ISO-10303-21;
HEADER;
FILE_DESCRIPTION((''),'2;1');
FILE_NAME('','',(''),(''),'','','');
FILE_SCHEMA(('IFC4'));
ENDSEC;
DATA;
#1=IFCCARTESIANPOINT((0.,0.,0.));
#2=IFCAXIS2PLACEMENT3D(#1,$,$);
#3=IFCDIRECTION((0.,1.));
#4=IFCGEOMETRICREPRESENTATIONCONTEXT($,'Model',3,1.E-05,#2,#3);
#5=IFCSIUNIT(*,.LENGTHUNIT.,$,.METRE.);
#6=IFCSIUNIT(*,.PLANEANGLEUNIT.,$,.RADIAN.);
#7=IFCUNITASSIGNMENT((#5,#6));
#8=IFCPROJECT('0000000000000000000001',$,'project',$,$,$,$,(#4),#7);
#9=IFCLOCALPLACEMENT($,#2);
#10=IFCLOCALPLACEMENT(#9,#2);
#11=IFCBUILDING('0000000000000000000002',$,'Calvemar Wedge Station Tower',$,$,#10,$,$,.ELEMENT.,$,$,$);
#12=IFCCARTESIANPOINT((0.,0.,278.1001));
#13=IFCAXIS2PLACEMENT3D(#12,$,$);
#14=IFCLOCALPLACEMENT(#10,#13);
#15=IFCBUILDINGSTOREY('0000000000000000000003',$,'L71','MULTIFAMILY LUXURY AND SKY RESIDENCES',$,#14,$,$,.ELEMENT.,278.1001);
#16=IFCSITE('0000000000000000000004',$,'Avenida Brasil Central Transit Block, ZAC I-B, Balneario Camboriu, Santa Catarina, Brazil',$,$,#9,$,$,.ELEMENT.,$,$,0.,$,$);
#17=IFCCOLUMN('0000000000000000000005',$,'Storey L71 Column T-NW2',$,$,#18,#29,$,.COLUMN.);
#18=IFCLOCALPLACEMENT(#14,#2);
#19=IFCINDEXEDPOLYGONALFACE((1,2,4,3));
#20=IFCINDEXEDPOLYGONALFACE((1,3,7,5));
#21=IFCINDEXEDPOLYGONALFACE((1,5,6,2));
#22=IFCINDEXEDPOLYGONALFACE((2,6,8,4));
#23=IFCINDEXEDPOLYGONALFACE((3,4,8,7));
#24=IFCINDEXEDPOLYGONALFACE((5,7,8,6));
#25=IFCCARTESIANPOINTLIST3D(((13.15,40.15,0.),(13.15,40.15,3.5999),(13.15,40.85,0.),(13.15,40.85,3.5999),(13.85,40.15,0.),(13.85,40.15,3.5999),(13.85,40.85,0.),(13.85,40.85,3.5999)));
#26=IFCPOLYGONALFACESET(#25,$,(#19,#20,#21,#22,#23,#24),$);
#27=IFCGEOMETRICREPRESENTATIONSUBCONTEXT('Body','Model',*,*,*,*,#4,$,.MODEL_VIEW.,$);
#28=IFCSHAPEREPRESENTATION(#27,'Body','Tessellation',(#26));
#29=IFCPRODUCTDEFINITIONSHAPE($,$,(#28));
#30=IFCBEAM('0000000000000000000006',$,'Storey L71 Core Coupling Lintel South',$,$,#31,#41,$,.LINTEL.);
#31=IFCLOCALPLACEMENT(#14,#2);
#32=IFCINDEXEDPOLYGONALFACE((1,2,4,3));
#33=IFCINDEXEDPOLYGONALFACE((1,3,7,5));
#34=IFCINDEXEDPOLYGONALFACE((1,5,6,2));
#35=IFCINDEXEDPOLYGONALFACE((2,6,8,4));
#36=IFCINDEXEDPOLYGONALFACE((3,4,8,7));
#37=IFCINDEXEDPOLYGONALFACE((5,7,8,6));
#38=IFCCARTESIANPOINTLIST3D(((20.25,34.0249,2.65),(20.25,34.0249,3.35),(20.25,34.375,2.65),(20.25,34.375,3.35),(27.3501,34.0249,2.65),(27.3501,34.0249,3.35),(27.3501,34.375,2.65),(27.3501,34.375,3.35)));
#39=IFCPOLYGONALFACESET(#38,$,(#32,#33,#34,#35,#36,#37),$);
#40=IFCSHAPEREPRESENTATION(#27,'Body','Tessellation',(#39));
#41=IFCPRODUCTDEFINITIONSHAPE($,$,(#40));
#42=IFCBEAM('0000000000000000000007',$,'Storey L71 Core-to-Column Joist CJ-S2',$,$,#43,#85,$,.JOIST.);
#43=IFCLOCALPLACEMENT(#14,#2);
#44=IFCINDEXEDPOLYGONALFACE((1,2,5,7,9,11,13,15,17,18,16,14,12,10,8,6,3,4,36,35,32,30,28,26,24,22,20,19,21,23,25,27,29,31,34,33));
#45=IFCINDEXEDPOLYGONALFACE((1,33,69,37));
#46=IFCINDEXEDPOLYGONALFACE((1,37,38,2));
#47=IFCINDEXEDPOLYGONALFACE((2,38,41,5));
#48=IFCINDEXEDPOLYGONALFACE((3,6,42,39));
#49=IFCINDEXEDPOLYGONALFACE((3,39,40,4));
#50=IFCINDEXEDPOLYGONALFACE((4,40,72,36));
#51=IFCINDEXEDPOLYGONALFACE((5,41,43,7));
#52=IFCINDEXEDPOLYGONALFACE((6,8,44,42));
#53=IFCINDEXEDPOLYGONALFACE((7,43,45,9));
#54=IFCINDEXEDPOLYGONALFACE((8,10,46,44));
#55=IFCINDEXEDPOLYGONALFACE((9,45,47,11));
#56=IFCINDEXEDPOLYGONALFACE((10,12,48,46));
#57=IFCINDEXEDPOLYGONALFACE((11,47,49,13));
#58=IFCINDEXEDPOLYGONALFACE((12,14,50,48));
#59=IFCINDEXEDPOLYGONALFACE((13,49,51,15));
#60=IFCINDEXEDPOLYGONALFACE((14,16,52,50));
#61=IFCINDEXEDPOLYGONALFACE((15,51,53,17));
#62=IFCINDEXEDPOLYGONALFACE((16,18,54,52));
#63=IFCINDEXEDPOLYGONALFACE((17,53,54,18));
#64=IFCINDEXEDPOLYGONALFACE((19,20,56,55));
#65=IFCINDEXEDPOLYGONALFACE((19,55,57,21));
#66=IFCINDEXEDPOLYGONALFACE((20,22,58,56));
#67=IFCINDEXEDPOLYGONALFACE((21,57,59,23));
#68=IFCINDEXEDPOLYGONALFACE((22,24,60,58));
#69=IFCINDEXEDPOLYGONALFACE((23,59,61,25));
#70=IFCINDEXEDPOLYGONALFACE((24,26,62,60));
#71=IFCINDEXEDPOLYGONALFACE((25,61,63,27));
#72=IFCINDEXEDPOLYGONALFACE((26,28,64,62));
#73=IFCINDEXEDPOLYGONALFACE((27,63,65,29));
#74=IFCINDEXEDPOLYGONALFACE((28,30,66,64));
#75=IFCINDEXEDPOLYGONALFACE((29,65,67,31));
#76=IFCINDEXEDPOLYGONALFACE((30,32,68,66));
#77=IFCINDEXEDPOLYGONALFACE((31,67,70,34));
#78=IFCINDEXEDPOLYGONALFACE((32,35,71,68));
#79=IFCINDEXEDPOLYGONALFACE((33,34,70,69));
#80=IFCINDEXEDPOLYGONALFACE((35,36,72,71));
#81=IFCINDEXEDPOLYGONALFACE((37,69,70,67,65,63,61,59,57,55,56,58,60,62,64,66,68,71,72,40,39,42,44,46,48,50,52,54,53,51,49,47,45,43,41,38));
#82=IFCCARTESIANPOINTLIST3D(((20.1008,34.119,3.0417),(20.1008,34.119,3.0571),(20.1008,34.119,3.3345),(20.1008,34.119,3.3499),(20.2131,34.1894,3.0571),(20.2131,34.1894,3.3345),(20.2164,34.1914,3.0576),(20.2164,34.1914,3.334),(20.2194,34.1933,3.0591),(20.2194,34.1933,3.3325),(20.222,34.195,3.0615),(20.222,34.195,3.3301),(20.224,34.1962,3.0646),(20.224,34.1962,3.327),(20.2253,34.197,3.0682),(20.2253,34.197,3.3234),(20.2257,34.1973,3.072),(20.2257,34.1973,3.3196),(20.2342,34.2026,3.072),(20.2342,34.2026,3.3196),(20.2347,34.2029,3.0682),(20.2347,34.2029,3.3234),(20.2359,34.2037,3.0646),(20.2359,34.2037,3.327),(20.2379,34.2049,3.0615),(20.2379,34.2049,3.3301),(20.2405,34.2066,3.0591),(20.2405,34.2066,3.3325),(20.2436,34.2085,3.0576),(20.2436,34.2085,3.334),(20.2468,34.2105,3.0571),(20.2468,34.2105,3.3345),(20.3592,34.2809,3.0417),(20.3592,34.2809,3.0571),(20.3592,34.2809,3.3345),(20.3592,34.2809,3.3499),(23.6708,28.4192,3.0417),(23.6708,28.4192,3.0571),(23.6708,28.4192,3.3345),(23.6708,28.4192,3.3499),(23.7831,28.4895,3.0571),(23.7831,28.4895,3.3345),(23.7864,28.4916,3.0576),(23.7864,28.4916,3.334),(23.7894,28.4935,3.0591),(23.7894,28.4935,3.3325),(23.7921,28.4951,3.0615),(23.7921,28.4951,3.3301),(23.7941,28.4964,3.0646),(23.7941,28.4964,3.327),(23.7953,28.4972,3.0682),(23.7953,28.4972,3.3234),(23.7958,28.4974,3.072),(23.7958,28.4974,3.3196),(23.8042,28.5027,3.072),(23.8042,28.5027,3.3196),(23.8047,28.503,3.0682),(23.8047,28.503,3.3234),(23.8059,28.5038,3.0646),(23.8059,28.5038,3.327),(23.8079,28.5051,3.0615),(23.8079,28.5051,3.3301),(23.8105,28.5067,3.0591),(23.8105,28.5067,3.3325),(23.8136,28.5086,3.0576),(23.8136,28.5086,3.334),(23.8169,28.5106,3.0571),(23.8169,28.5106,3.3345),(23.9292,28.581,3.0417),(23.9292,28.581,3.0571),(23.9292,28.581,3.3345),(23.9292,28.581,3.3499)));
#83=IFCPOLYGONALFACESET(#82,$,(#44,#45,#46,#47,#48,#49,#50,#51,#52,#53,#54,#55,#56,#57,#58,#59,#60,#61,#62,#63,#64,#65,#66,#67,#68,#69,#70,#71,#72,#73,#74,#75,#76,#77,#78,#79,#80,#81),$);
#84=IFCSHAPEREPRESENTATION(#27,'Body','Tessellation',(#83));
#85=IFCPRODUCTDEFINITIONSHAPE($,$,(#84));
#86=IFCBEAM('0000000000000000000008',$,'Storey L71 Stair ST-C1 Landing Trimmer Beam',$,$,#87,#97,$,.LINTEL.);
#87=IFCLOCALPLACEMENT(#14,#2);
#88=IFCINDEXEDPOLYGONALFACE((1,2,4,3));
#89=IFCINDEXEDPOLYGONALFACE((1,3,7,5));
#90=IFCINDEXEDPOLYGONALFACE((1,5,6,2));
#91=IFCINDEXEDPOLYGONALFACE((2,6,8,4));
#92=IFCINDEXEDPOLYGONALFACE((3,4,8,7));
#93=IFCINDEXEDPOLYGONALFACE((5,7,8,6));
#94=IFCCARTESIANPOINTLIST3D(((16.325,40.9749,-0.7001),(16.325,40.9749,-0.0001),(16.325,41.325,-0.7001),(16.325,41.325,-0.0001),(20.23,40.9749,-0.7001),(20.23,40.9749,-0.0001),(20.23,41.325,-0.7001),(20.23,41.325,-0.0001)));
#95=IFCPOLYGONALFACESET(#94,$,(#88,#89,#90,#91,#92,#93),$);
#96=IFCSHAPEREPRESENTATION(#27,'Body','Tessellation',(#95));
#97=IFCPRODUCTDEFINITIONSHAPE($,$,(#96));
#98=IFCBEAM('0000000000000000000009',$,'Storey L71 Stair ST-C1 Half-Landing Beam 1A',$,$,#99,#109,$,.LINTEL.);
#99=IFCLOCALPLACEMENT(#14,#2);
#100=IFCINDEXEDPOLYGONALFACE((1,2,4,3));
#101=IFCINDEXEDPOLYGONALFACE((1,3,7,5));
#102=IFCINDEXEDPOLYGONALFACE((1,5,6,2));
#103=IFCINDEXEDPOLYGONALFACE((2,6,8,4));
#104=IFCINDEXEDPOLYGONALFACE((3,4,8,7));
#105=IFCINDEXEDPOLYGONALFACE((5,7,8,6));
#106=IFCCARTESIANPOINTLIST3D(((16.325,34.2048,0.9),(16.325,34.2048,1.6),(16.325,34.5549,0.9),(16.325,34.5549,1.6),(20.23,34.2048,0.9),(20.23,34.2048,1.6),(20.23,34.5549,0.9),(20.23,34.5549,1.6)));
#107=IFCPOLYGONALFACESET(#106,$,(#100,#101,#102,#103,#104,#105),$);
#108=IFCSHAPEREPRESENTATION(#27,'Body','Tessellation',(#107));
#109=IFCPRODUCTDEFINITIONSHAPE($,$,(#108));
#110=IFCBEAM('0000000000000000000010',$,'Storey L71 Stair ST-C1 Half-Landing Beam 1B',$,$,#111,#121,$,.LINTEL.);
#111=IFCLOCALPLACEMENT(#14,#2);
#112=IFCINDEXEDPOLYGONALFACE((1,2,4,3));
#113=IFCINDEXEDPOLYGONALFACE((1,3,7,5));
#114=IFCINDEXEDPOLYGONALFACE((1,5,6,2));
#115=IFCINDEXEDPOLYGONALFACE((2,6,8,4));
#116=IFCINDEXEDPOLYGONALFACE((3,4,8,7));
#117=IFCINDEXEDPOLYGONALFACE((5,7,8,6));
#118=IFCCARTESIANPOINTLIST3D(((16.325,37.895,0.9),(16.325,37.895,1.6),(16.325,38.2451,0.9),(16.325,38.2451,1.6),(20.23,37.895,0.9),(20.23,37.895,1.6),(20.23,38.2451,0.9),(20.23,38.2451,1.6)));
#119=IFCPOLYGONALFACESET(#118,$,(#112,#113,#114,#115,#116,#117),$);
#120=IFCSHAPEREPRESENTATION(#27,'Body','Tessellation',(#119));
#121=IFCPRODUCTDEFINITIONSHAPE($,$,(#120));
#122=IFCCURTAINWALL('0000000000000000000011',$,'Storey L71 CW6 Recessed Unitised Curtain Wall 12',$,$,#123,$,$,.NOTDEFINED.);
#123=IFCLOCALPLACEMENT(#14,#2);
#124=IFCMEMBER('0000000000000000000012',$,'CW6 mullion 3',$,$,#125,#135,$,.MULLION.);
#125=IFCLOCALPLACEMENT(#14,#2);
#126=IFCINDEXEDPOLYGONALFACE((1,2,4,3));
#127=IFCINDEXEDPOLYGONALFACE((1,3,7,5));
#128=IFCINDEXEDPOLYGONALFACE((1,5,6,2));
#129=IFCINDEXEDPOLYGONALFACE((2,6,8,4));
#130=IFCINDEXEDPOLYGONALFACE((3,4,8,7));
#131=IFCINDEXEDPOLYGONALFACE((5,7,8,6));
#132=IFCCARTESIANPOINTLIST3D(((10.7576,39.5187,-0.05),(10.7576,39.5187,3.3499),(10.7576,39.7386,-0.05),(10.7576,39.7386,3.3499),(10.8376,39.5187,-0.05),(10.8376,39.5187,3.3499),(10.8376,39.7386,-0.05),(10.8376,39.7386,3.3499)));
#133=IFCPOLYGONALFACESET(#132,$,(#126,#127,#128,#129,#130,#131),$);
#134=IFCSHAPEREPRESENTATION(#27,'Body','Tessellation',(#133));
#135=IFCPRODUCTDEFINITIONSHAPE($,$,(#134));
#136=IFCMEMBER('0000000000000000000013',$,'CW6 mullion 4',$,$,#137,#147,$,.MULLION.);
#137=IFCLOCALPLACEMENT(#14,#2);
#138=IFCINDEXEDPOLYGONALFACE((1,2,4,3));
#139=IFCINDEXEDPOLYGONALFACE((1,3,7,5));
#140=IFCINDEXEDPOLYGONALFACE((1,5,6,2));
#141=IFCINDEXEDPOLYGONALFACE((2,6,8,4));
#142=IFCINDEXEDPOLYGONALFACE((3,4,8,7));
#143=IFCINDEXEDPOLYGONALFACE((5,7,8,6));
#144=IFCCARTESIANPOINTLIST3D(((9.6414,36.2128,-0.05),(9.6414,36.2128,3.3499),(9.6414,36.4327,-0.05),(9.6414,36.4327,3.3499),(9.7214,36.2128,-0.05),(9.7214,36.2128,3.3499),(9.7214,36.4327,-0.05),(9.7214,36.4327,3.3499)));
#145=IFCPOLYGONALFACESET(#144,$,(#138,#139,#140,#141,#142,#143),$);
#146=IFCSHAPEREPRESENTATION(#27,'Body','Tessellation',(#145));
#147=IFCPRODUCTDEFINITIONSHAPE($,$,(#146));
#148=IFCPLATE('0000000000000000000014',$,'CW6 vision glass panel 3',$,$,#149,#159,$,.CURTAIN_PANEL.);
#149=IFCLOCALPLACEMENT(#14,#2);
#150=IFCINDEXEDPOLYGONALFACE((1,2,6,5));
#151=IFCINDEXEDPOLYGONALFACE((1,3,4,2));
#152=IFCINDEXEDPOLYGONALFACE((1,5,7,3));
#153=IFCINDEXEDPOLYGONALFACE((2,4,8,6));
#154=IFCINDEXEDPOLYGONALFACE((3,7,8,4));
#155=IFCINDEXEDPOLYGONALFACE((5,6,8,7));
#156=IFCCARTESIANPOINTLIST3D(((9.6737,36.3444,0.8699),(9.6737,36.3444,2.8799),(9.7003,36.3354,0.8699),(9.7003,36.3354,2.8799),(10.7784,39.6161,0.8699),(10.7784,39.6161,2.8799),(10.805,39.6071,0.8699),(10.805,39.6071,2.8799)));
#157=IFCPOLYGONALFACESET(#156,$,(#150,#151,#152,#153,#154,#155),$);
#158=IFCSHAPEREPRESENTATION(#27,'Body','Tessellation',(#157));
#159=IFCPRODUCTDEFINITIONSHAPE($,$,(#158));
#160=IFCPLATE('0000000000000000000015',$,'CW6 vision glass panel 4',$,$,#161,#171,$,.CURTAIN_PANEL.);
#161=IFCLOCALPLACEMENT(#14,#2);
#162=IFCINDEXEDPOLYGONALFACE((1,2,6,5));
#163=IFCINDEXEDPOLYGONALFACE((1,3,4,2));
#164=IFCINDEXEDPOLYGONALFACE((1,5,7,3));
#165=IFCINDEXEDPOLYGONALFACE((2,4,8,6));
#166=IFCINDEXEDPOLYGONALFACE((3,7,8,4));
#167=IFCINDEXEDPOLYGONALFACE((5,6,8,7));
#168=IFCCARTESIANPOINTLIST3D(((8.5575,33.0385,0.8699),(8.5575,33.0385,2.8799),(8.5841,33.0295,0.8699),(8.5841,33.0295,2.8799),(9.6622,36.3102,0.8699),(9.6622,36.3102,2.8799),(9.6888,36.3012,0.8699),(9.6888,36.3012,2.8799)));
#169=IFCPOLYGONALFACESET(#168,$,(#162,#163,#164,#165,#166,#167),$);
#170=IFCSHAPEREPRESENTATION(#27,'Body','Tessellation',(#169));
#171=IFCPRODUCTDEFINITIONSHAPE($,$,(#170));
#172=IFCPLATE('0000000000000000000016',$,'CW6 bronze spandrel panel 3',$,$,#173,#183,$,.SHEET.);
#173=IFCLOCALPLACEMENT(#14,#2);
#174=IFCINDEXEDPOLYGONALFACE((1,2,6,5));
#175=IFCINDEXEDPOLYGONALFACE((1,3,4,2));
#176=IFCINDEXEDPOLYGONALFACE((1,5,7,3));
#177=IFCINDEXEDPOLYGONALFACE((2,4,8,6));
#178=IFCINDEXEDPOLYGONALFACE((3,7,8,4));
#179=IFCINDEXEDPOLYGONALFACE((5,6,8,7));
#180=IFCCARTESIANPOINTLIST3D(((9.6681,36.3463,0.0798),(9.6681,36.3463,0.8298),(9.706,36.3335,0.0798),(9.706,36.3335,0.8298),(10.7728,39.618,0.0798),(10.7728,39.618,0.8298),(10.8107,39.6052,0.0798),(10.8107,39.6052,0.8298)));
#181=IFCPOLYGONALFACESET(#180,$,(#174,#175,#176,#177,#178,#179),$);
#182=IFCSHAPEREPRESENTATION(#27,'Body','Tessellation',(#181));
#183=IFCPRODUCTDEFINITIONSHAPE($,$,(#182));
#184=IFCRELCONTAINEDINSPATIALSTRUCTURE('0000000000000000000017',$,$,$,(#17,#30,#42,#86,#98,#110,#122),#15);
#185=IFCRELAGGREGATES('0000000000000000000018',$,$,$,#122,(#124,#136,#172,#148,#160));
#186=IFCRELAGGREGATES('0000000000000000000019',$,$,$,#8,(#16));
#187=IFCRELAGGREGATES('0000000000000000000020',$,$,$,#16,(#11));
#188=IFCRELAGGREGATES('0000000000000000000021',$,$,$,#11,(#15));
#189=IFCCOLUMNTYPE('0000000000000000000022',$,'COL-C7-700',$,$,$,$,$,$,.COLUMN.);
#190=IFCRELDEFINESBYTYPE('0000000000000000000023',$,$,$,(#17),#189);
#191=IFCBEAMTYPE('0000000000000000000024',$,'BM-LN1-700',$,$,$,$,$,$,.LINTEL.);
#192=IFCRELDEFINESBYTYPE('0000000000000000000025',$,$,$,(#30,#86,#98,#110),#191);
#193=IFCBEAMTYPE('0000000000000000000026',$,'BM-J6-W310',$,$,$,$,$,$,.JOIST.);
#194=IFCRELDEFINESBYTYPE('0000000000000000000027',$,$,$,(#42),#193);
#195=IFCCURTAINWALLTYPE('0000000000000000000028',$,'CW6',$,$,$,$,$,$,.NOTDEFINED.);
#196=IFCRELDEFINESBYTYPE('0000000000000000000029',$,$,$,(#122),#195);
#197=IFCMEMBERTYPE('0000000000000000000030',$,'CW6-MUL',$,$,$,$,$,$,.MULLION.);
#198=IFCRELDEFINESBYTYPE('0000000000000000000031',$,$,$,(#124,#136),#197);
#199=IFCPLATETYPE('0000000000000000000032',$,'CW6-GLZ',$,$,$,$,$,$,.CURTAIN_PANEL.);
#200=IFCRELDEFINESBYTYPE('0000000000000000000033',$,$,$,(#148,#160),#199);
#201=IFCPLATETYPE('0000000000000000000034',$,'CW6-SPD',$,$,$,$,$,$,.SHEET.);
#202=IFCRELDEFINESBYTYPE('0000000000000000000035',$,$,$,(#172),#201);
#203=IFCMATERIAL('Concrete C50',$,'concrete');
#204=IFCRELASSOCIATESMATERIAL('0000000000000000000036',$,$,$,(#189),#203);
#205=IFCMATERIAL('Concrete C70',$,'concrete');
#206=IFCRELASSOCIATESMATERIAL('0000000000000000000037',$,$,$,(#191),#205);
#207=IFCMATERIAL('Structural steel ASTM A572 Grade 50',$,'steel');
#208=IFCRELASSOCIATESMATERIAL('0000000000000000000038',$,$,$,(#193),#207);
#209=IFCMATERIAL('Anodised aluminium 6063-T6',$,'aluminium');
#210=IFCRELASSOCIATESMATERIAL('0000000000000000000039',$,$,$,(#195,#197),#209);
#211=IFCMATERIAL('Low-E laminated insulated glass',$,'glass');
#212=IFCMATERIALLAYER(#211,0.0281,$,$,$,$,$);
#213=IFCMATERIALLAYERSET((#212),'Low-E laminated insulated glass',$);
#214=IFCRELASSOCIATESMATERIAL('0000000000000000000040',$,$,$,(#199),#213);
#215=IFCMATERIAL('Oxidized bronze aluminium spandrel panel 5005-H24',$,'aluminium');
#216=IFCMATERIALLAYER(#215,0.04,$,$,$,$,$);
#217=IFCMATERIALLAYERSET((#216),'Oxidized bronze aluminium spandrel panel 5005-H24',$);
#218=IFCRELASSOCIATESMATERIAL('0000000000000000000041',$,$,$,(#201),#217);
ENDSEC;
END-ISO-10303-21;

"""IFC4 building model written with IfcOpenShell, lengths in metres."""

from ifc_helpers import new_model, si_unit, direction, frame, frame_2d, origin, origin_2d, place, context, subcontext, project, spatial, rectangle, i_section, extrude, source, transform, mapped, material, layer, layer_set, material_profile, profile_set, type_object, element, aggregate, save


model = new_model("IFC4")

# Units and contexts
model_context = context("Model", 3, precision=1e-05, world=origin(), true_north=direction((0.0, 1.0)))
body_context = subcontext(model_context, "Body", "Model", "MODEL_VIEW")
ifc_project = project(units=[si_unit("LENGTHUNIT", "METRE"), si_unit("PLANEANGLEUNIT", "RADIAN")], contexts=[model_context])

# Site, building, storey
site_placement = place(None, origin())
site = spatial("IfcSite", under=ifc_project, at=site_placement, Name="Avenida Brasil Central Transit Block, ZAC I-B, Balneario Camboriu, Santa Catarina, Brazil", CompositionType="ELEMENT", RefElevation=0.0)
building_placement = place(site_placement, origin())
building = spatial("IfcBuilding", under=site, at=building_placement, Name="Calvemar Wedge Station Tower", CompositionType="ELEMENT")
storey_placement = place(building_placement, frame((0.0, 0.0, 278.1001)))
storey = spatial("IfcBuildingStorey", under=building, at=storey_placement, Name="L71", Description="MULTIFAMILY LUXURY AND SKY RESIDENCES", CompositionType="ELEMENT", Elevation=278.1001)

# Column
ifc_material_1 = material(Name="Concrete C50", Category="concrete")
ifc_material_profile_1 = material_profile(ifc_material_1, rectangle(XDim=0.7, YDim=0.7, at=origin_2d()), Name="RC700x700")
ifc_profile_set_1 = profile_set([ifc_material_profile_1], Name="Concrete C50")
column_type = type_object("IfcColumnType", Name="COL-C7-700", PredefinedType="COLUMN", material=ifc_profile_set_1)
shared_shape_1 = source(origin(), body_context, "Body", "SweptSolid", [
    extrude(rectangle(XDim=0.7, YDim=0.7, at=origin_2d()), origin(), (0.0, 0.0, 1.0), 3.5999),
])
column_placement = place(storey_placement, frame((13.5, 40.5, 0.0), z_axis=(0.0, 0.0, 1.0), x_axis=(1.0, 0.0, 0.0)))
element("IfcColumn", 1, at=column_placement, inside=storey, type_object=column_type, Name="Storey L71 Column T-NW2", PredefinedType="COLUMN", context=body_context, shape_type="MappedRepresentation", body=[
    mapped(shared_shape_1, transform((0.0, 0.0, 0.0), scale=1.0)),
])

# Beams
ifc_material_2 = material(Name="Concrete C70", Category="concrete")
ifc_material_profile_2 = material_profile(ifc_material_2, rectangle(XDim=0.3501, YDim=0.7, at=origin_2d()), Name="RC350x700")
ifc_profile_set_2 = profile_set([ifc_material_profile_2], Name="Concrete C70")
beam_type_1 = type_object("IfcBeamType", Name="BM-LN1-700", PredefinedType="LINTEL", material=ifc_profile_set_2)
shared_shape_2 = source(origin(), body_context, "Body", "SweptSolid", [
    extrude(rectangle(XDim=0.3501, YDim=0.7, at=origin_2d()), origin(), (0.0, 0.0, 1.0), 7.1001),
])
beam_1_placement = place(storey_placement, frame((20.25, 34.2, 3.0), z_axis=(1.0, 0.0, 0.0), x_axis=(0.0, 1.0, 0.0)))
element("IfcBeam", 2, at=beam_1_placement, inside=storey, type_object=beam_type_1, Name="Storey L71 Core Coupling Lintel South", PredefinedType="LINTEL", context=body_context, shape_type="MappedRepresentation", body=[
    mapped(shared_shape_2, transform((0.0, 0.0, 0.0), scale=1.0)),
])
ifc_material_3 = material(Name="Structural steel ASTM A572 Grade 50", Category="steel")
ifc_material_profile_3 = material_profile(ifc_material_3, i_section(OverallWidth=0.3049, OverallDepth=0.3081, WebThickness=0.01, FlangeThickness=0.0154, FilletRadius=0.0149, at=origin_2d()), Name="W310x97")
ifc_profile_set_3 = profile_set([ifc_material_profile_3], Name="Structural steel ASTM A572 Grade 50")
beam_type_2 = type_object("IfcBeamType", Name="BM-J6-W310", PredefinedType="JOIST", material=ifc_profile_set_3)
shared_shape_3 = source(origin(), body_context, "Body", "SweptSolid", [
    extrude(i_section(OverallWidth=0.3049, OverallDepth=0.3081, WebThickness=0.01, FlangeThickness=0.0154, FilletRadius=0.0149, at=origin_2d()), origin(), (0.0, 0.0, 1.0), 6.7256),
])
beam_2_placement = place(storey_placement, frame((20.23, 34.2, 3.1958), z_axis=(0.530811, -0.84749, 0.0), x_axis=(0.84749, 0.530811, 0.0)))
element("IfcBeam", 3, at=beam_2_placement, inside=storey, type_object=beam_type_2, Name="Storey L71 Core-to-Column Joist CJ-S2", PredefinedType="JOIST", context=body_context, shape_type="MappedRepresentation", body=[
    mapped(shared_shape_3, transform((0.0, 0.0, 0.0), scale=1.0)),
])
shared_shape_4 = source(origin(), body_context, "Body", "SweptSolid", [
    extrude(rectangle(XDim=0.3501, YDim=0.7, at=origin_2d()), origin(), (0.0, 0.0, 1.0), 3.905),
])
for number, where, z_axis, x_axis, name in (
    (4, (16.325, 41.1499, -0.3501), (1.0, 0.0, 0.0), (0.0, 1.0, 0.0), "Storey L71 Stair ST-C1 Landing Trimmer Beam"),
    (5, (16.325, 34.3799, 1.25), (1.0, 0.0, 0.0), (0.0, 1.0, 0.0), "Storey L71 Stair ST-C1 Half-Landing Beam 1A"),
    (6, (16.325, 38.0701, 1.25), (1.0, 0.0, 0.0), (0.0, 1.0, 0.0), "Storey L71 Stair ST-C1 Half-Landing Beam 1B"),
):
    element("IfcBeam", number, at=place(storey_placement, frame(where, z_axis=z_axis, x_axis=x_axis)), inside=storey, type_object=beam_type_1, Name=name, PredefinedType="LINTEL", context=body_context, shape_type="MappedRepresentation", body=[
        mapped(shared_shape_4, transform((0.0, 0.0, 0.0), scale=1.0)),
    ])

# Curtain wall, members, plates
ifc_material_4 = material(Name="Anodised aluminium 6063-T6", Category="aluminium")
curtain_wall_type = type_object("IfcCurtainWallType", Name="CW6", PredefinedType="NOTDEFINED", material=ifc_material_4)
curtain_wall_placement = place(storey_placement, origin())
curtain_wall = element("IfcCurtainWall", 7, at=curtain_wall_placement, inside=storey, type_object=curtain_wall_type, Name="Storey L71 CW6 Recessed Unitised Curtain Wall 12", PredefinedType="NOTDEFINED")
ifc_material_profile_4 = material_profile(ifc_material_4, rectangle(XDim=0.0801, YDim=0.22, at=origin_2d()), Name="AL-MUL-80x220")
ifc_profile_set_4 = profile_set([ifc_material_profile_4], Name="Anodised aluminium 6063-T6")
member_type = type_object("IfcMemberType", Name="CW6-MUL", PredefinedType="MULLION", material=ifc_profile_set_4)
shared_shape_5 = source(origin(), body_context, "Body", "SweptSolid", [
    extrude(rectangle(XDim=0.0801, YDim=0.22, at=origin_2d()), origin(), (0.0, 0.0, 1.0), 3.3999),
])
member_1_placement = place(storey_placement, frame((10.7976, 39.6287, -0.05), z_axis=(0.0, 0.0, 1.0), x_axis=(1.0, 0.0, 0.0)))
member_1 = element("IfcMember", 8, at=member_1_placement, type_object=member_type, Name="CW6 mullion 3", PredefinedType="MULLION", context=body_context, shape_type="MappedRepresentation", body=[
    mapped(shared_shape_5, transform((0.0, 0.0, 0.0), scale=1.0)),
])
member_2_placement = place(storey_placement, frame((9.6814, 36.3228, -0.05), z_axis=(0.0, 0.0, 1.0), x_axis=(1.0, 0.0, 0.0)))
member_2 = element("IfcMember", 9, at=member_2_placement, type_object=member_type, Name="CW6 mullion 4", PredefinedType="MULLION", context=body_context, shape_type="MappedRepresentation", body=[
    mapped(shared_shape_5, transform((0.0, 0.0, 0.0), scale=1.0)),
])
ifc_material_5 = material(Name="Low-E laminated insulated glass", Category="glass")
ifc_layer_1 = layer(ifc_material_5, 0.0281)
ifc_layer_set_1 = layer_set([ifc_layer_1], Name="Low-E laminated insulated glass")
plate_type_1 = type_object("IfcPlateType", Name="CW6-GLZ", PredefinedType="CURTAIN_PANEL", material=ifc_layer_set_1)
plate_1_placement = place(storey_placement, frame((10.7917, 39.6116, 0.8699), z_axis=(0.0, 0.0, 1.0), x_axis=(-0.319916, -0.947446, 0.0)))
plate_1 = element("IfcPlate", 10, at=plate_1_placement, type_object=plate_type_1, Name="CW6 vision glass panel 3", PredefinedType="CURTAIN_PANEL", context=body_context, shape_type="SweptSolid", body=[
    extrude(rectangle(XDim=3.4531, YDim=0.0281, at=frame_2d((1.7266, 0.0))), origin(), (0.0, 0.0, 1.0), 2.01),
])
plate_2_placement = place(storey_placement, frame((9.6755, 36.3057, 0.8699), z_axis=(0.0, 0.0, 1.0), x_axis=(-0.319916, -0.947446, 0.0)))
plate_2 = element("IfcPlate", 11, at=plate_2_placement, type_object=plate_type_1, Name="CW6 vision glass panel 4", PredefinedType="CURTAIN_PANEL", context=body_context, shape_type="SweptSolid", body=[
    extrude(rectangle(XDim=3.4531, YDim=0.0281, at=frame_2d((1.7266, 0.0))), origin(), (0.0, 0.0, 1.0), 2.01),
])
ifc_material_6 = material(Name="Oxidized bronze aluminium spandrel panel 5005-H24", Category="aluminium")
ifc_layer_2 = layer(ifc_material_6, 0.04)
ifc_layer_set_2 = layer_set([ifc_layer_2], Name="Oxidized bronze aluminium spandrel panel 5005-H24")
plate_type_2 = type_object("IfcPlateType", Name="CW6-SPD", PredefinedType="SHEET", material=ifc_layer_set_2)
plate_3_placement = place(storey_placement, frame((10.7917, 39.6116, 0.0798), z_axis=(0.0, 0.0, 1.0), x_axis=(-0.319916, -0.947446, 0.0)))
plate_3 = element("IfcPlate", 12, at=plate_3_placement, type_object=plate_type_2, Name="CW6 bronze spandrel panel 3", PredefinedType="SHEET", context=body_context, shape_type="SweptSolid", body=[
    extrude(rectangle(XDim=3.4531, YDim=0.04, at=frame_2d((1.7266, 0.0))), origin(), (0.0, 0.0, 1.0), 0.75),
])
aggregate(curtain_wall, [member_1, member_2, plate_3, plate_1, plate_2])

save(model, "model.ifc")
